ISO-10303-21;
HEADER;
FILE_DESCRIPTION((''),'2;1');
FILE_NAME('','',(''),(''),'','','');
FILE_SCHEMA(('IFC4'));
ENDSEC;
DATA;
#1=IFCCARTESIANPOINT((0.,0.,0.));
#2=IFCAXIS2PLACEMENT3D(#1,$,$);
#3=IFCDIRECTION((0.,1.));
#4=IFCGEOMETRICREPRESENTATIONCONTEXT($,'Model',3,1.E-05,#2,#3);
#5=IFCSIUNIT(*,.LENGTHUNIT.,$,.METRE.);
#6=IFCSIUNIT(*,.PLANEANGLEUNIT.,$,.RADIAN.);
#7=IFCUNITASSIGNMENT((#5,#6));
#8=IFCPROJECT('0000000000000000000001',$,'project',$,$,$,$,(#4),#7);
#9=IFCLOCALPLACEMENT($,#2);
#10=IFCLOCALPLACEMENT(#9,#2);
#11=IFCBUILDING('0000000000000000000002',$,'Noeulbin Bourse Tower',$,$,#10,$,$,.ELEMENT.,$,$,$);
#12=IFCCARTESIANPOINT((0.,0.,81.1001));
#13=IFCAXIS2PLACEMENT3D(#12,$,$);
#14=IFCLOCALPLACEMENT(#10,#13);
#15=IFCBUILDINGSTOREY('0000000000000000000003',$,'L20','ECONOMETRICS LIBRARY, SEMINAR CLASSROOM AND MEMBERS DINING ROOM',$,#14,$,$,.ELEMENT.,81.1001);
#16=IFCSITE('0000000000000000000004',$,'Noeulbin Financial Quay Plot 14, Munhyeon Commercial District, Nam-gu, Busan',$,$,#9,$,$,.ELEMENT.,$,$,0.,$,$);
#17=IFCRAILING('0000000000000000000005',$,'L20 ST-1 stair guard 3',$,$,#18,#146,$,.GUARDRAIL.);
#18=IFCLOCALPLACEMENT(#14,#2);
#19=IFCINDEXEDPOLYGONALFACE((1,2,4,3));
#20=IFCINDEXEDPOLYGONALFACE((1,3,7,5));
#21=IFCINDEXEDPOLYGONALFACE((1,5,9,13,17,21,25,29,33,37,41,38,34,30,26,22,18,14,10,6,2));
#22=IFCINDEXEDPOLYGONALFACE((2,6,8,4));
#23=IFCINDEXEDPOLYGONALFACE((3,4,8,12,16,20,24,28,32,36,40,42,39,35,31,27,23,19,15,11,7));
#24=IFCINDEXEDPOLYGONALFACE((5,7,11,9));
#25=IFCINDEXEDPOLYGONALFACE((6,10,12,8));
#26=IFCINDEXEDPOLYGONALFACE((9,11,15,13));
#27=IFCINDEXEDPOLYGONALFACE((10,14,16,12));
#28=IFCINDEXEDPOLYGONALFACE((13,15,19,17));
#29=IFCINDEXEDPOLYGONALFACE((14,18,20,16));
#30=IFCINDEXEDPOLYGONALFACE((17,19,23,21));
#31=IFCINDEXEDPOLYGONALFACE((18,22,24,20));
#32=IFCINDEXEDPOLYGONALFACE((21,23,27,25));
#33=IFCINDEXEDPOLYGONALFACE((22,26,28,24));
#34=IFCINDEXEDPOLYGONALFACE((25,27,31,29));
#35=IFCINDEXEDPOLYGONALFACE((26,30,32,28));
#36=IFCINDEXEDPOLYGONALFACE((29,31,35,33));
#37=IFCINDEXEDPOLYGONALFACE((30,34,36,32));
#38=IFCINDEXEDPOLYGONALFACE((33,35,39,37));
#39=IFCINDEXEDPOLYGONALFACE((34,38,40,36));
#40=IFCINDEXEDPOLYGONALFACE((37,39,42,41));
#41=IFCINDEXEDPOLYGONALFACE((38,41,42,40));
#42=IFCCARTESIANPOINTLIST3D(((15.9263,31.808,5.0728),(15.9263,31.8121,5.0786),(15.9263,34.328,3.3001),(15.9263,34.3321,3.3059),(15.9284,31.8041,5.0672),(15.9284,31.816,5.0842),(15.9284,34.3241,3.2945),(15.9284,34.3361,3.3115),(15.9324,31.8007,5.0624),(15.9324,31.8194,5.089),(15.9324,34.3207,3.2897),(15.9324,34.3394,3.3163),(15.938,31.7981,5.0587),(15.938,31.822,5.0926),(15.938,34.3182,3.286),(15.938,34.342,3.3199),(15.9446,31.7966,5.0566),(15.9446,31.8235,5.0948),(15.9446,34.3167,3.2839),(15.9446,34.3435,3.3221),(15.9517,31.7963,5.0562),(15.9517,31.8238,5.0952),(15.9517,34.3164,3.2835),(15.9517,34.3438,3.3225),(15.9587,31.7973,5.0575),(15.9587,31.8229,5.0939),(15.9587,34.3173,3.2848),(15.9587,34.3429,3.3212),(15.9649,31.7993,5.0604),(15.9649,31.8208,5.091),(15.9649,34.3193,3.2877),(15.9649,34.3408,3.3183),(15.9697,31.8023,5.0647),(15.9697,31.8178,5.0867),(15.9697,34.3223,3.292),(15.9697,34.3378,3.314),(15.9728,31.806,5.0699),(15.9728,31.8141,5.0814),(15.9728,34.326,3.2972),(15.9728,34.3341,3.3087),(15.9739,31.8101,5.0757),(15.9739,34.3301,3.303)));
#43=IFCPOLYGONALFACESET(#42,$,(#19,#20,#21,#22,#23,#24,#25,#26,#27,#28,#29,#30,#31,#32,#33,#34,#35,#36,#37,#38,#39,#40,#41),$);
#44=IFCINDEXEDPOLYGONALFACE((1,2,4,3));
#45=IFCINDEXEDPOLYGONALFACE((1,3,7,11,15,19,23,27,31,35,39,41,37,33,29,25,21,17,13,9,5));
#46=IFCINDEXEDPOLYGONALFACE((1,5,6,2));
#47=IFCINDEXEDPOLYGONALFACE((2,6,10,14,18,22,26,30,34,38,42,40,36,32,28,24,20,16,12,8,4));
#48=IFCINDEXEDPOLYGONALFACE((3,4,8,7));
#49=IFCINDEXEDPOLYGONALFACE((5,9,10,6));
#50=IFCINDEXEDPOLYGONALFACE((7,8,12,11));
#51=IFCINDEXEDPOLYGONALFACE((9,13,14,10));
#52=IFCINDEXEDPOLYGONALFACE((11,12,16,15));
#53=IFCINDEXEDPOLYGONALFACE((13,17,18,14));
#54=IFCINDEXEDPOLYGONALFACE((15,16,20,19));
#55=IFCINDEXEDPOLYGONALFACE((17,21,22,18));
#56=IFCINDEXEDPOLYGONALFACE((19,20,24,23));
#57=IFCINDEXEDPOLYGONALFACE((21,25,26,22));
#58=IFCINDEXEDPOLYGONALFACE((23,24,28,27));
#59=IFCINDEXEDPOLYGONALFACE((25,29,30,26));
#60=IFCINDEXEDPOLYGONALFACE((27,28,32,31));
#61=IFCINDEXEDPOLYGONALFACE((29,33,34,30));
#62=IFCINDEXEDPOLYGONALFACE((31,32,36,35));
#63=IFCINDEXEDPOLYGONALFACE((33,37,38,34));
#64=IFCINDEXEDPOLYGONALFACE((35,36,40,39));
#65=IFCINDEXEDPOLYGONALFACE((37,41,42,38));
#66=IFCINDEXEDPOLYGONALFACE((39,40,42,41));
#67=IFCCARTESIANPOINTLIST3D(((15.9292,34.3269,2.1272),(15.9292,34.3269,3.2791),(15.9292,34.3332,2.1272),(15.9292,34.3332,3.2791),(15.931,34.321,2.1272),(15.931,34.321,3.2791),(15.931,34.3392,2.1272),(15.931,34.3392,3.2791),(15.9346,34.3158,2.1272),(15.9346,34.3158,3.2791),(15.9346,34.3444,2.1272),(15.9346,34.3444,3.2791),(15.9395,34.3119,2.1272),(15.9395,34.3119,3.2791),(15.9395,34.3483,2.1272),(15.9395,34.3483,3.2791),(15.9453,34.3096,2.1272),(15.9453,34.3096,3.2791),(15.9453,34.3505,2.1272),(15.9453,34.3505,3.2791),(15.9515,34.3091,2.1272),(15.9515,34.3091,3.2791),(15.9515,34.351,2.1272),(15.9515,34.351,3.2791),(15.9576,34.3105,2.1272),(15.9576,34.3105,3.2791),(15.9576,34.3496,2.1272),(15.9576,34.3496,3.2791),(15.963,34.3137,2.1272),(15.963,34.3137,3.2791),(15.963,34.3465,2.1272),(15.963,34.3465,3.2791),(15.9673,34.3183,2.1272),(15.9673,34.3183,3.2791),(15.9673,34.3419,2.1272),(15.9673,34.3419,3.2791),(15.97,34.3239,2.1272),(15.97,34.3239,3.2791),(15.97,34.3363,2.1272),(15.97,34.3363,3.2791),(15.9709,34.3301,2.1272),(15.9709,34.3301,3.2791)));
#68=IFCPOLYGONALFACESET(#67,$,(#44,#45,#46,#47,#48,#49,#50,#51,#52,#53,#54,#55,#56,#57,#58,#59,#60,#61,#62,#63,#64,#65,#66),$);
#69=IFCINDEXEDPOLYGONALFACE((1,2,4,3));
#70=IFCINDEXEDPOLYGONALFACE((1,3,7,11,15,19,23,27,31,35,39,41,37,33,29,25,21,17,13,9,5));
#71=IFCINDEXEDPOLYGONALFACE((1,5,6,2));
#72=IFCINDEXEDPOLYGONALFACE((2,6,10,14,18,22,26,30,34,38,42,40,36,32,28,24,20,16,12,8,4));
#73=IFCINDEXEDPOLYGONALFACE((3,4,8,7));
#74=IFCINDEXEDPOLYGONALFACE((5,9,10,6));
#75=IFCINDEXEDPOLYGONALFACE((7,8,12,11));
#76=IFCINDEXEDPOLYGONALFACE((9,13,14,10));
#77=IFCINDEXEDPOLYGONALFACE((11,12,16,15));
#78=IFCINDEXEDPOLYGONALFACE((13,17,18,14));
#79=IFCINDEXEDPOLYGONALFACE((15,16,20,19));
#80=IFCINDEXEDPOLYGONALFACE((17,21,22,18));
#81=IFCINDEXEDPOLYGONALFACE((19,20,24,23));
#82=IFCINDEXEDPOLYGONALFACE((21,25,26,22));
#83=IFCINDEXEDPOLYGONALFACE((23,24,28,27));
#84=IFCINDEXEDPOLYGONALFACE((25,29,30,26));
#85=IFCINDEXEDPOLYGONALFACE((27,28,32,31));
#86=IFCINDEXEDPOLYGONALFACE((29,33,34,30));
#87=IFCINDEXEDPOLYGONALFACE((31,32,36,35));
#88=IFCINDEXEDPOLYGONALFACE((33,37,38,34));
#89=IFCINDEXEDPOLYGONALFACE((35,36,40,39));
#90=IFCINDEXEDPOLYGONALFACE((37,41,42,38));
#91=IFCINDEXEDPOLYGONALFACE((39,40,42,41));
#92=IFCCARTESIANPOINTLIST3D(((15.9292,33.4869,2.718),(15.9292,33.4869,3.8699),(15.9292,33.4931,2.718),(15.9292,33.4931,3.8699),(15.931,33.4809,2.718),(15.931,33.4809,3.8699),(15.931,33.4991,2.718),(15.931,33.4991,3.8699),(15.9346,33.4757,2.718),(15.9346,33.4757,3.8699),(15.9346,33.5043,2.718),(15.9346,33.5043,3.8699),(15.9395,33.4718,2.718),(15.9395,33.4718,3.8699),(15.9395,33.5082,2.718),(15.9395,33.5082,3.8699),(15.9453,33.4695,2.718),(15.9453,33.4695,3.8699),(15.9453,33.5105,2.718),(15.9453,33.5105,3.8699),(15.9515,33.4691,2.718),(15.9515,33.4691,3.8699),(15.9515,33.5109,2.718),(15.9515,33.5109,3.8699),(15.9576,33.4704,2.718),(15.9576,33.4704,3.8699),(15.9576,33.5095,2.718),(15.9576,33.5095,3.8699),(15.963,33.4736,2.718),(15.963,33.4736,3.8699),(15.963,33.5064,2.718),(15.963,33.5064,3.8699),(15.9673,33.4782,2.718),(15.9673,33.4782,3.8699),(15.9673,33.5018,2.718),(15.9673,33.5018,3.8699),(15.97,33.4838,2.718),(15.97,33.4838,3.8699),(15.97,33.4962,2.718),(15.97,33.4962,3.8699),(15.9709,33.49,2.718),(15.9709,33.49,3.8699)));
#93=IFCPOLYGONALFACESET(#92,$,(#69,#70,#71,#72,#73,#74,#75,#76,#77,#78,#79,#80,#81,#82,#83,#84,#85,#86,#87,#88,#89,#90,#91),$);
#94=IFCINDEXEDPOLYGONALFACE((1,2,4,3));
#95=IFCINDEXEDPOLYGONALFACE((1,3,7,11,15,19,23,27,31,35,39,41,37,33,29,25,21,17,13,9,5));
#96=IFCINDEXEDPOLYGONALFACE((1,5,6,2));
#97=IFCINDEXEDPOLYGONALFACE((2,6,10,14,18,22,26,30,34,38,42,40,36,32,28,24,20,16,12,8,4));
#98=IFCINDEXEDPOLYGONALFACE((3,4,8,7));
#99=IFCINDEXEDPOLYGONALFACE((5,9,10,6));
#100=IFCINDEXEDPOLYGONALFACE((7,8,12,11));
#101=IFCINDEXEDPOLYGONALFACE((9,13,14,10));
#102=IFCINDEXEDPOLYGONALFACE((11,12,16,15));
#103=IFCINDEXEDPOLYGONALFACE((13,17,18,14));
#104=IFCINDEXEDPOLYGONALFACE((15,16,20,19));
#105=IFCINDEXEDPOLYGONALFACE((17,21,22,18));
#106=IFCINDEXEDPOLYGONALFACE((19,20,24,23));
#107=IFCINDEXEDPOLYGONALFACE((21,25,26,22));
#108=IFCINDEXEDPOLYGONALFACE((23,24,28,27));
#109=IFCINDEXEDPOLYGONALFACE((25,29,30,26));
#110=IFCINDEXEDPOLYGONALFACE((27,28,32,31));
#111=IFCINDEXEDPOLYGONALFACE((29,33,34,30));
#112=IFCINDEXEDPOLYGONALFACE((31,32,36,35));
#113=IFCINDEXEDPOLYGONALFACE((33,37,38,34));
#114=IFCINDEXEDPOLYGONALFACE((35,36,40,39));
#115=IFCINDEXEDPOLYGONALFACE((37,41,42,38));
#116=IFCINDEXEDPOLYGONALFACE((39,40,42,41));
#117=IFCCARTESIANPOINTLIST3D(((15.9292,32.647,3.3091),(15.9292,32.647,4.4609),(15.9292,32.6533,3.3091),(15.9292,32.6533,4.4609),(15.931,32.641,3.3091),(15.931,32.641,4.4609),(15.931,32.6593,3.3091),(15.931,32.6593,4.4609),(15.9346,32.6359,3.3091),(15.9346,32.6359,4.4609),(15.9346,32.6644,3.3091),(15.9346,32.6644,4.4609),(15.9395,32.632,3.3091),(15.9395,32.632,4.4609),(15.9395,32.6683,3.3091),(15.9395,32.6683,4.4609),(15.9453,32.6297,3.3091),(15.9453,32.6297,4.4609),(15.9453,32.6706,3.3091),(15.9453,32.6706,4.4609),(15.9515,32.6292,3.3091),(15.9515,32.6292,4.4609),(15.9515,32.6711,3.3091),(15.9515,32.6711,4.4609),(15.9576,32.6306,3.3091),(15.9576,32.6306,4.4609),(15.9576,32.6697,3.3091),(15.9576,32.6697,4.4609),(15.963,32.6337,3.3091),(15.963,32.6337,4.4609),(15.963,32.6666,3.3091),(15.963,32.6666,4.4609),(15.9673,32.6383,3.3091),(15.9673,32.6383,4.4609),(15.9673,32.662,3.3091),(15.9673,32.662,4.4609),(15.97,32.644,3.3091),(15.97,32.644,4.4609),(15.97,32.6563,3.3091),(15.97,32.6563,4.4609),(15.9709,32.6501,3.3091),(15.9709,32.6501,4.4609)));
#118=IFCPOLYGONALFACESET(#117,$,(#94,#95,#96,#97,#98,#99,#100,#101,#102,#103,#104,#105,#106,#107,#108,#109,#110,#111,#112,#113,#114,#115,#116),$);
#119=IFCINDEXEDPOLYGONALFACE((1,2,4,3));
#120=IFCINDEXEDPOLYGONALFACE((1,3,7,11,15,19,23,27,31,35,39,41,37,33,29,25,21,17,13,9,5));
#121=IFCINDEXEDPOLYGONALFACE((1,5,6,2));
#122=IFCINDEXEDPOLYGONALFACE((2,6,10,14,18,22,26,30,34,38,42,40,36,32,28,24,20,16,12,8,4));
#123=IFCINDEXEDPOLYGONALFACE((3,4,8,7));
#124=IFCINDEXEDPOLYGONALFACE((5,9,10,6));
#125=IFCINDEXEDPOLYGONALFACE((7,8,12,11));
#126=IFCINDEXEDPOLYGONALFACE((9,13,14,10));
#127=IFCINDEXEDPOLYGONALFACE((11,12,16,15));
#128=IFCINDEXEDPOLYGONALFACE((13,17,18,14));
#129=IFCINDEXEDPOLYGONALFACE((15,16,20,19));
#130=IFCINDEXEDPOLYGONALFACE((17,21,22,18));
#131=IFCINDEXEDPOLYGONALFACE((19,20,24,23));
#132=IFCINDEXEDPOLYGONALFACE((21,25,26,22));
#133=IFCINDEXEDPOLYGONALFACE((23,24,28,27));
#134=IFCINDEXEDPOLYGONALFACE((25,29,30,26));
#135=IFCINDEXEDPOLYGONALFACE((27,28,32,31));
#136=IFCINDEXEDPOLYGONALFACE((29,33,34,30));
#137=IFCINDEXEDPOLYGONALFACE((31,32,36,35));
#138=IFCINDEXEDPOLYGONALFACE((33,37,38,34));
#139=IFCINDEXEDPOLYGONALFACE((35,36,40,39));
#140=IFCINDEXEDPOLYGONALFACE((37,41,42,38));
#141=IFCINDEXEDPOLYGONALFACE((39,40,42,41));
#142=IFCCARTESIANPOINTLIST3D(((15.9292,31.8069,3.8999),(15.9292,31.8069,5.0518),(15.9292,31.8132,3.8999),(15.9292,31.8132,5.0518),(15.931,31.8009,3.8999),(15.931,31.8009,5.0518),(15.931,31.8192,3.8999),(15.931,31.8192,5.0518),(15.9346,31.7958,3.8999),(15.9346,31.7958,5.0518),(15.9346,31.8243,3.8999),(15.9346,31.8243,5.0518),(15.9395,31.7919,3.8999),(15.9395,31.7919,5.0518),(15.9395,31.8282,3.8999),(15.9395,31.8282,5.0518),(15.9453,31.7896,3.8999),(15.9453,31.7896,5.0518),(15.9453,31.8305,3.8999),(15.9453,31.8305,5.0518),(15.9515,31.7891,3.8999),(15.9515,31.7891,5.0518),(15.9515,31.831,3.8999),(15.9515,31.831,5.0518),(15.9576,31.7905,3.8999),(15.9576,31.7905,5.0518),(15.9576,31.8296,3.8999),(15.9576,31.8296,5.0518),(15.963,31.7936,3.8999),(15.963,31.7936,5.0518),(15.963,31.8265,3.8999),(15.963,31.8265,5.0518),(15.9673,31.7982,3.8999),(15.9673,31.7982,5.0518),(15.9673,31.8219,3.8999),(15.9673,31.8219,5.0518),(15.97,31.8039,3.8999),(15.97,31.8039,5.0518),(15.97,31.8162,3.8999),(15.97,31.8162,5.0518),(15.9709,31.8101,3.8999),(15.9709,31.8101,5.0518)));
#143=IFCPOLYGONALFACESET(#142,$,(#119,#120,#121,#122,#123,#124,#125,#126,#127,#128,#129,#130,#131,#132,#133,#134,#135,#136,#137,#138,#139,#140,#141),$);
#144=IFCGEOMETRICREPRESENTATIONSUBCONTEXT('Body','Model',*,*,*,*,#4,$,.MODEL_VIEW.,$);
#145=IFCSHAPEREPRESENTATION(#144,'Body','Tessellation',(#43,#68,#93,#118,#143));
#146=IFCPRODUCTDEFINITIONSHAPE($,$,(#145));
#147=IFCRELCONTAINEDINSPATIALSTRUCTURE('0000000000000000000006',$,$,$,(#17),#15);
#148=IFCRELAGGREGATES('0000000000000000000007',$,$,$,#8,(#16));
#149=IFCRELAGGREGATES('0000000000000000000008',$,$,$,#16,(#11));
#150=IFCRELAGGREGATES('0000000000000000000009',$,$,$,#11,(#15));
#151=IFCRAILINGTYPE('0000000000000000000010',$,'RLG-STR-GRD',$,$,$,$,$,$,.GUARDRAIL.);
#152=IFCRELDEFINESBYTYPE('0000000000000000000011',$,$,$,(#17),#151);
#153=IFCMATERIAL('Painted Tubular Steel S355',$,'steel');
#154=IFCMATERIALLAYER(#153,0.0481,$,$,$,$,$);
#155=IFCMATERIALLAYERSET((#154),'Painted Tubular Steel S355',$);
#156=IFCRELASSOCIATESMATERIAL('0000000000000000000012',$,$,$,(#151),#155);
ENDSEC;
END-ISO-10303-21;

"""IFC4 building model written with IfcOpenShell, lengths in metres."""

from ifc_helpers import new_model, si_unit, direction, frame, origin, origin_2d, place, context, subcontext, project, spatial, circle, extrude, material, layer, layer_set, type_object, element, save


model = new_model("IFC4")

# Units and contexts
model_context = context("Model", 3, precision=1e-05, world=origin(), true_north=direction((0.0, 1.0)))
body_context = subcontext(model_context, "Body", "Model", "MODEL_VIEW")
ifc_project = project(units=[si_unit("LENGTHUNIT", "METRE"), si_unit("PLANEANGLEUNIT", "RADIAN")], contexts=[model_context])

# Site, building, storey
site_placement = place(None, origin())
site = spatial("IfcSite", under=ifc_project, at=site_placement, Name="Noeulbin Financial Quay Plot 14, Munhyeon Commercial District, Nam-gu, Busan", CompositionType="ELEMENT", RefElevation=0.0)
building_placement = place(site_placement, origin())
building = spatial("IfcBuilding", under=site, at=building_placement, Name="Noeulbin Bourse Tower", CompositionType="ELEMENT")
storey_placement = place(building_placement, frame((0.0, 0.0, 81.1001)))
storey = spatial("IfcBuildingStorey", under=building, at=storey_placement, Name="L20", Description="ECONOMETRICS LIBRARY, SEMINAR CLASSROOM AND MEMBERS DINING ROOM", CompositionType="ELEMENT", Elevation=81.1001)

# Railing
ifc_material_1 = material(Name="Painted Tubular Steel S355", Category="steel")
ifc_layer_1 = layer(ifc_material_1, 0.0481)
ifc_layer_set_1 = layer_set([ifc_layer_1], Name="Painted Tubular Steel S355")
railing_type_1 = type_object("IfcRailingType", Name="RLG-STR-GRD", PredefinedType="GUARDRAIL", material=ifc_layer_set_1)
railing_1_placement = place(storey_placement, frame((15.95, 34.3301, 2.1272)))
element("IfcRailing", 1, at=railing_1_placement, inside=storey, type_object=railing_type_1, Name="L20 ST-1 stair guard 3", PredefinedType="GUARDRAIL", context=body_context, shape_type="SweptSolid", body=[
    extrude(circle(Radius=0.0239, at=origin_2d()), frame((0.0, 0.0, 1.1758), z_axis=(0.0, -0.817904, 0.575354), x_axis=(1.0, 0.0, 0.0)), (0.0, 0.0, 1.0), 3.0811),
    extrude(circle(Radius=0.021, at=origin_2d()), origin(), (0.0, 0.0, 1.0), 1.1519),
    extrude(circle(Radius=0.021, at=origin_2d()), frame((0.0, -0.8401, 0.5908)), (0.0, 0.0, 1.0), 1.1519),
    extrude(circle(Radius=0.021, at=origin_2d()), frame((0.0, -1.6799, 1.1819)), (0.0, 0.0, 1.0), 1.1519),
    extrude(circle(Radius=0.021, at=origin_2d()), frame((0.0, -2.52, 1.7727)), (0.0, 0.0, 1.0), 1.1519),
])

save(model, "model.ifc")
